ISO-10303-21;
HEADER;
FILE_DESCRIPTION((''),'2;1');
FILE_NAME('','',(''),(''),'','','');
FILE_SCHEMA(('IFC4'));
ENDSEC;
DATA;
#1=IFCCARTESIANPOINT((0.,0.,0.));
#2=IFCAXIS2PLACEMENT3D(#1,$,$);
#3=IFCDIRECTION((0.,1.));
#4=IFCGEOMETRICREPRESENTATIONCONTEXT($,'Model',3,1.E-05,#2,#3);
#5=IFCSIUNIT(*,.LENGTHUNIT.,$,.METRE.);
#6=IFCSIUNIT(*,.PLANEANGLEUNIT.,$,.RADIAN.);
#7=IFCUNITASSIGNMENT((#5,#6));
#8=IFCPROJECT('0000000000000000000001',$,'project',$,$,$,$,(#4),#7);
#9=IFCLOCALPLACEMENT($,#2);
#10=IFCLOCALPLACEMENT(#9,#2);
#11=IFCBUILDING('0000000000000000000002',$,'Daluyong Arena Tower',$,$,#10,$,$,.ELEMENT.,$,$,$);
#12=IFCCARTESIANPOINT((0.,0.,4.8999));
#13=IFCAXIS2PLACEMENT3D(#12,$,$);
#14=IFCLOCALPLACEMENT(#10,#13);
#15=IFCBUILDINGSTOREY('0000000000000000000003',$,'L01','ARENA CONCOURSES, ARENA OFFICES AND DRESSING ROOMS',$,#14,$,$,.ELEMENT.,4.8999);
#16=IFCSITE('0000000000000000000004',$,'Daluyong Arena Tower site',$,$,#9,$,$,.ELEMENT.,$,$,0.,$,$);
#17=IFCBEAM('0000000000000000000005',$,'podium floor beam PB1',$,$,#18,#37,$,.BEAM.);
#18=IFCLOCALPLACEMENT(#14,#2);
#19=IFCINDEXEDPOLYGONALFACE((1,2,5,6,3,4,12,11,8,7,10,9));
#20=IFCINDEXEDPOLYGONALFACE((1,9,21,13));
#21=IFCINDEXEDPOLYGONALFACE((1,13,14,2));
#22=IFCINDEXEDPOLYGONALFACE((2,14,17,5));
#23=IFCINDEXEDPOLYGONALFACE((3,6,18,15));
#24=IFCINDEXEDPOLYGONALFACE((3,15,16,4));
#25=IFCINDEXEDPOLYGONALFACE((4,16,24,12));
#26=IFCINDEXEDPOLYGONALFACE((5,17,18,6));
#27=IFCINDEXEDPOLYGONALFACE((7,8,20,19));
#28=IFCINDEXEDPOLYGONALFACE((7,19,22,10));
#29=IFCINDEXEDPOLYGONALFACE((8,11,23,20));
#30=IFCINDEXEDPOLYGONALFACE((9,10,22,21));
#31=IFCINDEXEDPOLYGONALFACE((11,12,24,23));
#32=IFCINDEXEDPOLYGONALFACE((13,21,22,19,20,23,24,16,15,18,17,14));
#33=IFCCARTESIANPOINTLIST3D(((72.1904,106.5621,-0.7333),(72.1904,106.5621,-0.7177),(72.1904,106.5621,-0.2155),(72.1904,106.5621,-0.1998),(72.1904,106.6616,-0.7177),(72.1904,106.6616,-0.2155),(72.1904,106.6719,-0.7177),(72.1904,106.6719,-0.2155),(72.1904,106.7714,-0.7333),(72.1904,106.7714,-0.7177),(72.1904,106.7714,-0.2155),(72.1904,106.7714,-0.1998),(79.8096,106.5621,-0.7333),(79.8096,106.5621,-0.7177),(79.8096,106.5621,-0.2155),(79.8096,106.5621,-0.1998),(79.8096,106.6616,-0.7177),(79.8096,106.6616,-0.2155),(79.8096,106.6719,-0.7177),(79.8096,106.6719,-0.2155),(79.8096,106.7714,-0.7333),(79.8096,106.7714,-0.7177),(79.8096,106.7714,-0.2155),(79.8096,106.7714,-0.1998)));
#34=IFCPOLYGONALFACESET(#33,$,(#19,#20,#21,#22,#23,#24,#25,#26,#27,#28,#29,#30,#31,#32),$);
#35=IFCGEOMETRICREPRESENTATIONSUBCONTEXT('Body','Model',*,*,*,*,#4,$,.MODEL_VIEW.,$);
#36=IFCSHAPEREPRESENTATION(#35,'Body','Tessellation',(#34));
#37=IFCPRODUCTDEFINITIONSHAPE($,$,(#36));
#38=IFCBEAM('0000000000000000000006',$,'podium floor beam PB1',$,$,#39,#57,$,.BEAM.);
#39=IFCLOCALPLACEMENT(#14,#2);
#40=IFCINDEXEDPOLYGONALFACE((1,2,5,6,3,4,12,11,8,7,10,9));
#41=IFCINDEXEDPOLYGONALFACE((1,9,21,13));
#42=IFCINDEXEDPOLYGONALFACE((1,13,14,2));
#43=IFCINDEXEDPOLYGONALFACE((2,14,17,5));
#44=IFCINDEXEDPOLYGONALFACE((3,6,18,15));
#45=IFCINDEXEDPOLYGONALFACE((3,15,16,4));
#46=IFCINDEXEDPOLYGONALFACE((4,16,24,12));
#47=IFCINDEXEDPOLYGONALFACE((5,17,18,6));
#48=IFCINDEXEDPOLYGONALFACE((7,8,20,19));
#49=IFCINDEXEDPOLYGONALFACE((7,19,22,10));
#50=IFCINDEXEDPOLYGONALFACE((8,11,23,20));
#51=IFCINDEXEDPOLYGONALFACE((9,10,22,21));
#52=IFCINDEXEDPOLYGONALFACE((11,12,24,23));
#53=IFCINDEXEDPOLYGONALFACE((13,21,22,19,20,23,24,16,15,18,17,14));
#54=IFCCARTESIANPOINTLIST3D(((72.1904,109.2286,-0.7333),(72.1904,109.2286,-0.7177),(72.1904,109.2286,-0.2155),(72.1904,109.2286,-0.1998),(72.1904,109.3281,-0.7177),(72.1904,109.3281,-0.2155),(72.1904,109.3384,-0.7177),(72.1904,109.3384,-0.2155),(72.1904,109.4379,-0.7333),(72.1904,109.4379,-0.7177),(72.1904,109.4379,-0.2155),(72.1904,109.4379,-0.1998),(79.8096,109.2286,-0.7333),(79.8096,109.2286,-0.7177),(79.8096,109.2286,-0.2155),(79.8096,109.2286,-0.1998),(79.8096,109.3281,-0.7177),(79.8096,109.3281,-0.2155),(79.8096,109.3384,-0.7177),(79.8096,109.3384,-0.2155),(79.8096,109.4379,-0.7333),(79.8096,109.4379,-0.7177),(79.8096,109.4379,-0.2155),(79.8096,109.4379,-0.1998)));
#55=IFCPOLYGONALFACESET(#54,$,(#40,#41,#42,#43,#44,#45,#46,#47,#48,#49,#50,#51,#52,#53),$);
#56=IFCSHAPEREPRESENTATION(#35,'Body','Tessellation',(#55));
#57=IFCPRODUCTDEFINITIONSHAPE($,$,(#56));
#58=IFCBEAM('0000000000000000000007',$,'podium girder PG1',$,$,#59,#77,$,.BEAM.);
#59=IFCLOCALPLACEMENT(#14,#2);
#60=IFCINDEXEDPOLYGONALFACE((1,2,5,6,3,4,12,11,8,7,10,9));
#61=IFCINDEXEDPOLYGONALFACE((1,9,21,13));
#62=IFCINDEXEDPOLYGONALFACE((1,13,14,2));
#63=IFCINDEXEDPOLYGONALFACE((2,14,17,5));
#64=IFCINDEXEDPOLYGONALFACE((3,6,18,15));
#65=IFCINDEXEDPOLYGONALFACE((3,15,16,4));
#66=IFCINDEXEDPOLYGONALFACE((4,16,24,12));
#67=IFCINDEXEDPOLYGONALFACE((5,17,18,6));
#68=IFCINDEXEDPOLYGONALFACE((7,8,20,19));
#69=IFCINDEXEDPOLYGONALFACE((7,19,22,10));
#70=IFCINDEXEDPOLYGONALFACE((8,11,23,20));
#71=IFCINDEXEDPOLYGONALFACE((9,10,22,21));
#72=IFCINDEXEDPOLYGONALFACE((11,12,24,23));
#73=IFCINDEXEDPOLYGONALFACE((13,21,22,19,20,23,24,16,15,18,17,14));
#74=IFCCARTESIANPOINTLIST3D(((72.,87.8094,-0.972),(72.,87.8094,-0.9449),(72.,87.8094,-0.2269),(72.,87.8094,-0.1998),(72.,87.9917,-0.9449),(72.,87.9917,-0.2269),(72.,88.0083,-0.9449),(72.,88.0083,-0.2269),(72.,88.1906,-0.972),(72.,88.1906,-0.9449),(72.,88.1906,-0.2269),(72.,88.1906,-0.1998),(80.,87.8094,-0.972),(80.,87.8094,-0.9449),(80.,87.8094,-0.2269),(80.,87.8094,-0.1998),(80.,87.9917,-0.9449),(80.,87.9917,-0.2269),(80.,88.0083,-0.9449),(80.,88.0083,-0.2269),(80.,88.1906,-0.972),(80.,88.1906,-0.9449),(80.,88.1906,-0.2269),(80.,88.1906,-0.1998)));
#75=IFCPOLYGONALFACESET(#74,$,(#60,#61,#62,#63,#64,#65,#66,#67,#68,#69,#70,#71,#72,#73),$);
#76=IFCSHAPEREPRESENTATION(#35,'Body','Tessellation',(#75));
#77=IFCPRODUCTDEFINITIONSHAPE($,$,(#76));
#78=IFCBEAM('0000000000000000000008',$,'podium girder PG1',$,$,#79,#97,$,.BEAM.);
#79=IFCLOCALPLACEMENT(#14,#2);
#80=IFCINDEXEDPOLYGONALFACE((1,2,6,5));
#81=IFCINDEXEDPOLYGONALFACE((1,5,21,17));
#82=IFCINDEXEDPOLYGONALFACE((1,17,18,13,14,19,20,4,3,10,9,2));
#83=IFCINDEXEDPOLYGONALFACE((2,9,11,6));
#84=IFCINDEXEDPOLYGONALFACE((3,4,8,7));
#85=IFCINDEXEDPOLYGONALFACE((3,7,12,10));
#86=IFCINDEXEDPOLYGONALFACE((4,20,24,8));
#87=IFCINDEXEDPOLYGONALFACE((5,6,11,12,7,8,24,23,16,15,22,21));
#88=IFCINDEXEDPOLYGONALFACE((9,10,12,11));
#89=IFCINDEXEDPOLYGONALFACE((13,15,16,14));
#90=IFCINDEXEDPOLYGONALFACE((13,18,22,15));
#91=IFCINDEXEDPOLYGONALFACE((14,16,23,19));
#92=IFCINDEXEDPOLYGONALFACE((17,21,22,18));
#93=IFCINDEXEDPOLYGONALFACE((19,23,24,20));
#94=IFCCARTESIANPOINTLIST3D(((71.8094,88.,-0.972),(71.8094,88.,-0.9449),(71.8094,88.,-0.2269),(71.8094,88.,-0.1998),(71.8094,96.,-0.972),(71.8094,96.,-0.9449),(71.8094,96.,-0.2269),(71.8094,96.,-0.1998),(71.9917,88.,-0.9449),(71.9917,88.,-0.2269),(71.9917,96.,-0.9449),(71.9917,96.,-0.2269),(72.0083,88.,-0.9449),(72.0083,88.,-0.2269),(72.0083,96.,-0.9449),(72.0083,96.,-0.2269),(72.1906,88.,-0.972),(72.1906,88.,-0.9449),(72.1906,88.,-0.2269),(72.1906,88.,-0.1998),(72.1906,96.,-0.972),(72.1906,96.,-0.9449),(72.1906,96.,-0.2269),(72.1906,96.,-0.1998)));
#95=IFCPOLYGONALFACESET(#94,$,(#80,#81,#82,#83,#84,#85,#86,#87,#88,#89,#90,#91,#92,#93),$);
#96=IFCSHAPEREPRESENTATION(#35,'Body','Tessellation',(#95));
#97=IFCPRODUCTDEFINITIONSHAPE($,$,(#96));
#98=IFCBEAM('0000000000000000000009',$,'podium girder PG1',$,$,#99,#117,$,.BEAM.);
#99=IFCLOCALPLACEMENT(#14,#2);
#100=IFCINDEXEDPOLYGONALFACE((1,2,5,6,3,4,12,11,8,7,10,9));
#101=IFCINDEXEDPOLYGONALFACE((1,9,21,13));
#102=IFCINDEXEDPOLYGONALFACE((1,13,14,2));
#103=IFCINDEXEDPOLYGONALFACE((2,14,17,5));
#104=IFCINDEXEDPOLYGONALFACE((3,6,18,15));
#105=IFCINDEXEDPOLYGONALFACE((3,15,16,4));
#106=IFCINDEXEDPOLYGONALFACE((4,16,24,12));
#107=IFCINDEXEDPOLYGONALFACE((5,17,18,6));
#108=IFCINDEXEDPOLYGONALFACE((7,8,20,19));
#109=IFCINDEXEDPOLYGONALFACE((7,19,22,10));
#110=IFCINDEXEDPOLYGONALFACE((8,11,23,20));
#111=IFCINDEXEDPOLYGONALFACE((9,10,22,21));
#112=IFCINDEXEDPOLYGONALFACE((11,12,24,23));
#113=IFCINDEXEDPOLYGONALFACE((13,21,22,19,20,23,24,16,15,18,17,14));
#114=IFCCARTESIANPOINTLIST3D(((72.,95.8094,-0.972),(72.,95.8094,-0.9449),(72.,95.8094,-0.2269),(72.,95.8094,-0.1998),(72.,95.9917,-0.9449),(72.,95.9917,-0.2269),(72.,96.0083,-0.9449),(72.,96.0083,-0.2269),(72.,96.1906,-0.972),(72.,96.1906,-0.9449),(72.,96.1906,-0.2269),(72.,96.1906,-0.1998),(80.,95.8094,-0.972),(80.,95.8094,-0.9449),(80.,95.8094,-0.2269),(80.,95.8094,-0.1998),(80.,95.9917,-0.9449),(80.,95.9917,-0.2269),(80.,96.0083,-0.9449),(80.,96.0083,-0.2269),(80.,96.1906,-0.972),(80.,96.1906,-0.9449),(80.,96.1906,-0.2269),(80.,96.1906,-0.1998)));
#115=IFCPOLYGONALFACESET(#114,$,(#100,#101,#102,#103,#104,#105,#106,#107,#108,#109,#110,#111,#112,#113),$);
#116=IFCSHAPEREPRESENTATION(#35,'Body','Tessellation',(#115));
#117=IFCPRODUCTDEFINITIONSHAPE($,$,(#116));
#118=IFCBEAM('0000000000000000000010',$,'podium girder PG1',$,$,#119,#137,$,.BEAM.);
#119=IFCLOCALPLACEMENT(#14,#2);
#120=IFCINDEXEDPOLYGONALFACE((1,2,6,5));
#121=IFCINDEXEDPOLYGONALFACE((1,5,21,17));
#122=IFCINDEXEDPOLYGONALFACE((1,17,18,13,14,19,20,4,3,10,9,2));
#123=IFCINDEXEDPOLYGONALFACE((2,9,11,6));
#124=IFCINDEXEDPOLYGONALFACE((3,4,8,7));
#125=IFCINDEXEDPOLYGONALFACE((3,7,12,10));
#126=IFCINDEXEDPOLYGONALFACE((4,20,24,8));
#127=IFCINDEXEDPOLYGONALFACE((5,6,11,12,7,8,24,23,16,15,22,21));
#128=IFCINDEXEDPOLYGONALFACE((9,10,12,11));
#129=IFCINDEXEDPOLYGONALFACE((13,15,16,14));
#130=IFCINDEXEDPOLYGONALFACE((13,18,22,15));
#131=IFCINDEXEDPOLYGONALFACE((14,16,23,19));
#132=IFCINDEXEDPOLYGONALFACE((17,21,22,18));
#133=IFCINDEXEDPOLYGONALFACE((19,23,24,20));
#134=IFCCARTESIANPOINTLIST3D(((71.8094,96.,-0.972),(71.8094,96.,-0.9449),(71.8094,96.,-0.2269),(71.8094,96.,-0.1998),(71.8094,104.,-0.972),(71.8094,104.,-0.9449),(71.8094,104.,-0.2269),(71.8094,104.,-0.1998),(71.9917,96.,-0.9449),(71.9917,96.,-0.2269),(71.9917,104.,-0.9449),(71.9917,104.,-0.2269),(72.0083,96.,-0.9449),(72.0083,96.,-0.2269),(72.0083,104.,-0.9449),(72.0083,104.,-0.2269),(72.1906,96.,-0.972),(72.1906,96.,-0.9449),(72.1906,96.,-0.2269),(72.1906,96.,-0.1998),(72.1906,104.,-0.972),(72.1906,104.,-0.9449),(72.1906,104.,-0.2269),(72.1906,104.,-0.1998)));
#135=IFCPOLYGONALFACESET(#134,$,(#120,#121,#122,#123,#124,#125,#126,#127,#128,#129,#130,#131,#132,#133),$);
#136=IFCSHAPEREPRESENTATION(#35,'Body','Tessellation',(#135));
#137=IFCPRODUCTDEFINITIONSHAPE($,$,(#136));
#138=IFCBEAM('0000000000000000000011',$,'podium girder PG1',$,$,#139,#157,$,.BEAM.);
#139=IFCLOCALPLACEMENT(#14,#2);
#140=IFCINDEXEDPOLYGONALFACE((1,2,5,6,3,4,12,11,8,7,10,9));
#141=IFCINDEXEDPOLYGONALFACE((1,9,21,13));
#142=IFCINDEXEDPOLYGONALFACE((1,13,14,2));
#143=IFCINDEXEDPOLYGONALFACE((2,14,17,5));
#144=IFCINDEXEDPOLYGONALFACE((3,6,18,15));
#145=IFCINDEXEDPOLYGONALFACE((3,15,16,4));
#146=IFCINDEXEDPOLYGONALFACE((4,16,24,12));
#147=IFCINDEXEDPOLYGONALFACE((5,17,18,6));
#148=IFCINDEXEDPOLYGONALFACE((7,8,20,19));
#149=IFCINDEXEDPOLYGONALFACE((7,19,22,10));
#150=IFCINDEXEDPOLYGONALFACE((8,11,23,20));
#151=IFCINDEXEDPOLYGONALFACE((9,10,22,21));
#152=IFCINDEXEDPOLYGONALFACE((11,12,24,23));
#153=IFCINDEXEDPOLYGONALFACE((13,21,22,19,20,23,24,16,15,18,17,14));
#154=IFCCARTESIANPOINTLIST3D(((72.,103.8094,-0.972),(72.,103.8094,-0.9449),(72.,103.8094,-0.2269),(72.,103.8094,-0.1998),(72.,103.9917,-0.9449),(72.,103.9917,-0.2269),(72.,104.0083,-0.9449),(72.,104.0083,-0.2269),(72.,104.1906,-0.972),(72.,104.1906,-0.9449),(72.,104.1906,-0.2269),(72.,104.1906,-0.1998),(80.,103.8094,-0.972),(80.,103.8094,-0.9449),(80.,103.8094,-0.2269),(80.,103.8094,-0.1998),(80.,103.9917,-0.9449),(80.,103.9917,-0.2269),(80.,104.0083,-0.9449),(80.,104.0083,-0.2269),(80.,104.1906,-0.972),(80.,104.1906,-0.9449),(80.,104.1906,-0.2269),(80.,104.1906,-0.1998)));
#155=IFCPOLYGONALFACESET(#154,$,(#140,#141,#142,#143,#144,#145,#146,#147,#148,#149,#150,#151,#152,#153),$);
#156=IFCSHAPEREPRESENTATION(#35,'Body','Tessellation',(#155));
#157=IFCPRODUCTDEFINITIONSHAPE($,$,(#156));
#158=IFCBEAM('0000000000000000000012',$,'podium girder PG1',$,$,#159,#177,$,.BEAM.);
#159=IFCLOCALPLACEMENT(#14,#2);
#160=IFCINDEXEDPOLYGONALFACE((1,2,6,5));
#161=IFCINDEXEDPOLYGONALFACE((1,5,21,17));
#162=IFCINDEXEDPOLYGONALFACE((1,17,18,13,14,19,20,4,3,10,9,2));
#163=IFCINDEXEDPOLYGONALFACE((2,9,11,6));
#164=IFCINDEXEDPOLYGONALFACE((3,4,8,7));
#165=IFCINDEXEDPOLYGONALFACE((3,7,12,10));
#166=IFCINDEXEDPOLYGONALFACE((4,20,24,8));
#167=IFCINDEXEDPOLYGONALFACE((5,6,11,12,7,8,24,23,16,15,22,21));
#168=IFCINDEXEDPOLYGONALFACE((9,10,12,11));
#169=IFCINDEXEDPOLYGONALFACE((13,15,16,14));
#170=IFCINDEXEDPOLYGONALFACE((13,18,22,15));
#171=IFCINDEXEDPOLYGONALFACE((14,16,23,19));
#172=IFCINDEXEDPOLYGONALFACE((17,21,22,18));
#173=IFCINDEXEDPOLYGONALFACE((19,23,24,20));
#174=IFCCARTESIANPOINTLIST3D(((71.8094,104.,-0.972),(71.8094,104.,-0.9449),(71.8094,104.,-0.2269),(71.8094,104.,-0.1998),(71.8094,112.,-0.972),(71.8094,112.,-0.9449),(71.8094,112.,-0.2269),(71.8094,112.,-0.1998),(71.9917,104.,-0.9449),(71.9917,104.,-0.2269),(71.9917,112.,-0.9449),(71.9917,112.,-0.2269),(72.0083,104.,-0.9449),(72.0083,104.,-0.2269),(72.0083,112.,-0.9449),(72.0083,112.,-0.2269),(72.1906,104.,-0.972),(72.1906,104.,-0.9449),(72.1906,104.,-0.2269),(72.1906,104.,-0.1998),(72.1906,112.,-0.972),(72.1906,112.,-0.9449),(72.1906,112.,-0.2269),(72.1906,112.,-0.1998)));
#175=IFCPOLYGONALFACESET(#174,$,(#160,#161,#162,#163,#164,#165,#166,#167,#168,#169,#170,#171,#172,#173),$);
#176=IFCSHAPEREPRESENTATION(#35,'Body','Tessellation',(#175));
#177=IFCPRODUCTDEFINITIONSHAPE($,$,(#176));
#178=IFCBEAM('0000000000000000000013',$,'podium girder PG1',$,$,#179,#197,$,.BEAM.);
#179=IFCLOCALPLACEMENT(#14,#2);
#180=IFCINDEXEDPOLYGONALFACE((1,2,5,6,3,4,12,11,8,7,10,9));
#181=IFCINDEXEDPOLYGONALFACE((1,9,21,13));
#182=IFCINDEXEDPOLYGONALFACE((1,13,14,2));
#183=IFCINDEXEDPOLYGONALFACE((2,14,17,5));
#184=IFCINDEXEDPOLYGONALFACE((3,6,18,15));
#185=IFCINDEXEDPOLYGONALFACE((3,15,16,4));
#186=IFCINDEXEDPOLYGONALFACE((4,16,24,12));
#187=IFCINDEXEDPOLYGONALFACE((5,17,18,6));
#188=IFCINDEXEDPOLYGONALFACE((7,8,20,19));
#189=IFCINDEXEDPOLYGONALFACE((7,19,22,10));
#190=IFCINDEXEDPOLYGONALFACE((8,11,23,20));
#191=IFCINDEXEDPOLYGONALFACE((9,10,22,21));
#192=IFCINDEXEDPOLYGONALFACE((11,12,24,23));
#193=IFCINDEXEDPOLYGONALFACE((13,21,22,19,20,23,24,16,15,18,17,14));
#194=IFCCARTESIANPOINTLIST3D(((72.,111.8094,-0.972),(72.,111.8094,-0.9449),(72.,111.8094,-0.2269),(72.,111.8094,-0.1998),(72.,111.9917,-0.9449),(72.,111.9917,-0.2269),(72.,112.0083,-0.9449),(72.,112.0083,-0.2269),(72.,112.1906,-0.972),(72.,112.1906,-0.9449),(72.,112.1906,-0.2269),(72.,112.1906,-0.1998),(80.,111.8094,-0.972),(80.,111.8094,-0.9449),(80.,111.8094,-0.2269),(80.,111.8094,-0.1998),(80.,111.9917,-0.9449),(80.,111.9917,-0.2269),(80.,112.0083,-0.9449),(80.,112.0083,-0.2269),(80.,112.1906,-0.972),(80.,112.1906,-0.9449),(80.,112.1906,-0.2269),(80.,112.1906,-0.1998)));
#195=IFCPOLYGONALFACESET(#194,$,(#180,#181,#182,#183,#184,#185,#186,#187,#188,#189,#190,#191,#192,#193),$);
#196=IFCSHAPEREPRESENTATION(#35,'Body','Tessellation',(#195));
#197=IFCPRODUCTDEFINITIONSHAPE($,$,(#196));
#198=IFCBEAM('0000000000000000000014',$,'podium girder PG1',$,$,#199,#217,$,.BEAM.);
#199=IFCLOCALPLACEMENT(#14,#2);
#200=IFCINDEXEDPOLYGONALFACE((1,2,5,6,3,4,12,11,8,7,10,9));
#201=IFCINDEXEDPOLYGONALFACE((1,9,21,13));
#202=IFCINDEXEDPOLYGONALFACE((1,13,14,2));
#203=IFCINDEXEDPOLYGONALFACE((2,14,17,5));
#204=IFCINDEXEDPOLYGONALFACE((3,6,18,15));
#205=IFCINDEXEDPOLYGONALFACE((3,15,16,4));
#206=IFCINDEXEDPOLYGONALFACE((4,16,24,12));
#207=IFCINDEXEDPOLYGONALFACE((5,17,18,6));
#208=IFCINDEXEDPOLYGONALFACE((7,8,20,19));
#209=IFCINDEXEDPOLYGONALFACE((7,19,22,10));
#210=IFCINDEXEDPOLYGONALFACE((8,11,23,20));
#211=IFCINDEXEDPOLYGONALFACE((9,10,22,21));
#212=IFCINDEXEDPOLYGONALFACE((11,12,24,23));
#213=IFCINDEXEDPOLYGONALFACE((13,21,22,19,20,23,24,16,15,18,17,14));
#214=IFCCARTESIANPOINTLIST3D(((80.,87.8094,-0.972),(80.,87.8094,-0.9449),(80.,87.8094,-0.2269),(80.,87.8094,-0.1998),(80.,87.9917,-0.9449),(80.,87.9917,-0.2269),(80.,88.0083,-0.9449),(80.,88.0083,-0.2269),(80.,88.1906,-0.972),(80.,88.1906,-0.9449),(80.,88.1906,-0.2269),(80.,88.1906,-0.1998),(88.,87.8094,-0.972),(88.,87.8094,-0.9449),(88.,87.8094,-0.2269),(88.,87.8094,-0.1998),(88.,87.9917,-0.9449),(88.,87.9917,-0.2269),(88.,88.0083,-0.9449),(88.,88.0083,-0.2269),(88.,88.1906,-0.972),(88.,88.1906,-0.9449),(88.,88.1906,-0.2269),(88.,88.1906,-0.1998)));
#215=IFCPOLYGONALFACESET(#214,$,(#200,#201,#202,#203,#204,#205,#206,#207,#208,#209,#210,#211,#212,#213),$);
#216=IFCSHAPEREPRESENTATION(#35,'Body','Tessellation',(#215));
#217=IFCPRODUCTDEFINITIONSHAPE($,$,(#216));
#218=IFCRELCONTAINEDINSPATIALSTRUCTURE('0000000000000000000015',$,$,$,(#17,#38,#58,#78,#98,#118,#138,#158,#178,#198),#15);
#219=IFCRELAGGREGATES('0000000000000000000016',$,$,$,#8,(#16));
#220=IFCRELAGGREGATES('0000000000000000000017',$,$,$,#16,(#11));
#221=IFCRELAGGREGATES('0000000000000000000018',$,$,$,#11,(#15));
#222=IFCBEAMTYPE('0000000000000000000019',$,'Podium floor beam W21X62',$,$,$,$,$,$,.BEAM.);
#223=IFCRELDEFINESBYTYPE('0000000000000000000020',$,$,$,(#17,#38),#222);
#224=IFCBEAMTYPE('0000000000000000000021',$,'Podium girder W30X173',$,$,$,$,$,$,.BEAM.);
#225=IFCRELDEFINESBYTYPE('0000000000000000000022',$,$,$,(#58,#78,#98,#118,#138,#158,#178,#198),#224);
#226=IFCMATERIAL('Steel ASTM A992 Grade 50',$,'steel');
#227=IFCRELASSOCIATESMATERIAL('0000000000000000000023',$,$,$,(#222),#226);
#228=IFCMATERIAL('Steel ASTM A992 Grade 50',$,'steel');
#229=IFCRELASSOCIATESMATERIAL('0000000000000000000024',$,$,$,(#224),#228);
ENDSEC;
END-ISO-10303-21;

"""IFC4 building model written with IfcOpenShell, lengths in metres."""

from ifc_helpers import new_model, si_unit, direction, frame, origin, origin_2d, place, context, subcontext, project, spatial, i_section, extrude, material, material_profile, profile_set, type_object, element, save


model = new_model("IFC4")

# Units and contexts
model_context = context("Model", 3, precision=1e-05, world=origin(), true_north=direction((0.0, 1.0)))
body_context = subcontext(model_context, "Body", "Model", "MODEL_VIEW")
ifc_project = project(units=[si_unit("LENGTHUNIT", "METRE"), si_unit("PLANEANGLEUNIT", "RADIAN")], contexts=[model_context])

# Site, building, storey
site_placement = place(None, origin())
site = spatial("IfcSite", under=ifc_project, at=site_placement, Name="Daluyong Arena Tower site", CompositionType="ELEMENT", RefElevation=0.0)
building_placement = place(site_placement, origin())
building = spatial("IfcBuilding", under=site, at=building_placement, Name="Daluyong Arena Tower", CompositionType="ELEMENT")
storey_placement = place(building_placement, frame((0.0, 0.0, 4.8999)))
storey = spatial("IfcBuildingStorey", under=building, at=storey_placement, Name="L01", Description="ARENA CONCOURSES, ARENA OFFICES AND DRESSING ROOMS", CompositionType="ELEMENT", Elevation=4.8999)

# Beams
ifc_material_1 = material(Name="Steel ASTM A992 Grade 50", Category="steel")
ifc_material_profile_1 = material_profile(ifc_material_1, i_section(OverallWidth=0.2092, OverallDepth=0.5334, WebThickness=0.0103, FlangeThickness=0.0156, at=origin_2d()))
ifc_profile_set_1 = profile_set([ifc_material_profile_1], Name="Steel ASTM A992 Grade 50")
beam_type_1 = type_object("IfcBeamType", Name="Podium floor beam W21X62", PredefinedType="BEAM", material=ifc_profile_set_1)
for number, where, z_axis, x_axis, name in (
    (1, (72.1904, 106.6667, -0.4666), (1.0, 0.0, 0.0), (0.0, 1.0, 0.0), "podium floor beam PB1"),
    (2, (72.1904, 109.3333, -0.4666), (1.0, 0.0, 0.0), (0.0, 1.0, 0.0), "podium floor beam PB1"),
):
    element("IfcBeam", number, at=place(storey_placement, frame(where, z_axis=z_axis, x_axis=x_axis)), inside=storey, type_object=beam_type_1, Name=name, PredefinedType="BEAM", context=body_context, shape_type="SweptSolid", body=[
        extrude(i_section(OverallWidth=0.2092, OverallDepth=0.5334, WebThickness=0.0103, FlangeThickness=0.0156, at=origin_2d()), origin(), (0.0, 0.0, 1.0), 7.6191),
    ])
ifc_material_2 = material(Name="Steel ASTM A992 Grade 50", Category="steel")
ifc_material_profile_2 = material_profile(ifc_material_2, i_section(OverallWidth=0.3811, OverallDepth=0.7722, WebThickness=0.0166, FlangeThickness=0.0271, at=origin_2d()))
ifc_profile_set_2 = profile_set([ifc_material_profile_2], Name="Steel ASTM A992 Grade 50")
beam_type_2 = type_object("IfcBeamType", Name="Podium girder W30X173", PredefinedType="BEAM", material=ifc_profile_set_2)
for number, where, z_axis, x_axis, name in (
    (3, (72.0, 88.0, -0.5859), (1.0, 0.0, 0.0), (0.0, 1.0, 0.0), "podium girder PG1"),
    (4, (72.0, 88.0, -0.5859), (0.0, 1.0, 0.0), (-1.0, 0.0, 0.0), "podium girder PG1"),
    (5, (72.0, 96.0, -0.5859), (1.0, 0.0, 0.0), (0.0, 1.0, 0.0), "podium girder PG1"),
    (6, (72.0, 96.0, -0.5859), (0.0, 1.0, 0.0), (-1.0, 0.0, 0.0), "podium girder PG1"),
    (7, (72.0, 104.0, -0.5859), (1.0, 0.0, 0.0), (0.0, 1.0, 0.0), "podium girder PG1"),
    (8, (72.0, 104.0, -0.5859), (0.0, 1.0, 0.0), (-1.0, 0.0, 0.0), "podium girder PG1"),
    (9, (72.0, 112.0, -0.5859), (1.0, 0.0, 0.0), (0.0, 1.0, 0.0), "podium girder PG1"),
    (10, (80.0, 88.0, -0.5859), (1.0, 0.0, 0.0), (0.0, 1.0, 0.0), "podium girder PG1"),
):
    element("IfcBeam", number, at=place(storey_placement, frame(where, z_axis=z_axis, x_axis=x_axis)), inside=storey, type_object=beam_type_2, Name=name, PredefinedType="BEAM", context=body_context, shape_type="SweptSolid", body=[
        extrude(i_section(OverallWidth=0.3811, OverallDepth=0.7722, WebThickness=0.0166, FlangeThickness=0.0271, at=origin_2d()), origin(), (0.0, 0.0, 1.0), 8.0),
    ])

save(model, "model.ifc")
